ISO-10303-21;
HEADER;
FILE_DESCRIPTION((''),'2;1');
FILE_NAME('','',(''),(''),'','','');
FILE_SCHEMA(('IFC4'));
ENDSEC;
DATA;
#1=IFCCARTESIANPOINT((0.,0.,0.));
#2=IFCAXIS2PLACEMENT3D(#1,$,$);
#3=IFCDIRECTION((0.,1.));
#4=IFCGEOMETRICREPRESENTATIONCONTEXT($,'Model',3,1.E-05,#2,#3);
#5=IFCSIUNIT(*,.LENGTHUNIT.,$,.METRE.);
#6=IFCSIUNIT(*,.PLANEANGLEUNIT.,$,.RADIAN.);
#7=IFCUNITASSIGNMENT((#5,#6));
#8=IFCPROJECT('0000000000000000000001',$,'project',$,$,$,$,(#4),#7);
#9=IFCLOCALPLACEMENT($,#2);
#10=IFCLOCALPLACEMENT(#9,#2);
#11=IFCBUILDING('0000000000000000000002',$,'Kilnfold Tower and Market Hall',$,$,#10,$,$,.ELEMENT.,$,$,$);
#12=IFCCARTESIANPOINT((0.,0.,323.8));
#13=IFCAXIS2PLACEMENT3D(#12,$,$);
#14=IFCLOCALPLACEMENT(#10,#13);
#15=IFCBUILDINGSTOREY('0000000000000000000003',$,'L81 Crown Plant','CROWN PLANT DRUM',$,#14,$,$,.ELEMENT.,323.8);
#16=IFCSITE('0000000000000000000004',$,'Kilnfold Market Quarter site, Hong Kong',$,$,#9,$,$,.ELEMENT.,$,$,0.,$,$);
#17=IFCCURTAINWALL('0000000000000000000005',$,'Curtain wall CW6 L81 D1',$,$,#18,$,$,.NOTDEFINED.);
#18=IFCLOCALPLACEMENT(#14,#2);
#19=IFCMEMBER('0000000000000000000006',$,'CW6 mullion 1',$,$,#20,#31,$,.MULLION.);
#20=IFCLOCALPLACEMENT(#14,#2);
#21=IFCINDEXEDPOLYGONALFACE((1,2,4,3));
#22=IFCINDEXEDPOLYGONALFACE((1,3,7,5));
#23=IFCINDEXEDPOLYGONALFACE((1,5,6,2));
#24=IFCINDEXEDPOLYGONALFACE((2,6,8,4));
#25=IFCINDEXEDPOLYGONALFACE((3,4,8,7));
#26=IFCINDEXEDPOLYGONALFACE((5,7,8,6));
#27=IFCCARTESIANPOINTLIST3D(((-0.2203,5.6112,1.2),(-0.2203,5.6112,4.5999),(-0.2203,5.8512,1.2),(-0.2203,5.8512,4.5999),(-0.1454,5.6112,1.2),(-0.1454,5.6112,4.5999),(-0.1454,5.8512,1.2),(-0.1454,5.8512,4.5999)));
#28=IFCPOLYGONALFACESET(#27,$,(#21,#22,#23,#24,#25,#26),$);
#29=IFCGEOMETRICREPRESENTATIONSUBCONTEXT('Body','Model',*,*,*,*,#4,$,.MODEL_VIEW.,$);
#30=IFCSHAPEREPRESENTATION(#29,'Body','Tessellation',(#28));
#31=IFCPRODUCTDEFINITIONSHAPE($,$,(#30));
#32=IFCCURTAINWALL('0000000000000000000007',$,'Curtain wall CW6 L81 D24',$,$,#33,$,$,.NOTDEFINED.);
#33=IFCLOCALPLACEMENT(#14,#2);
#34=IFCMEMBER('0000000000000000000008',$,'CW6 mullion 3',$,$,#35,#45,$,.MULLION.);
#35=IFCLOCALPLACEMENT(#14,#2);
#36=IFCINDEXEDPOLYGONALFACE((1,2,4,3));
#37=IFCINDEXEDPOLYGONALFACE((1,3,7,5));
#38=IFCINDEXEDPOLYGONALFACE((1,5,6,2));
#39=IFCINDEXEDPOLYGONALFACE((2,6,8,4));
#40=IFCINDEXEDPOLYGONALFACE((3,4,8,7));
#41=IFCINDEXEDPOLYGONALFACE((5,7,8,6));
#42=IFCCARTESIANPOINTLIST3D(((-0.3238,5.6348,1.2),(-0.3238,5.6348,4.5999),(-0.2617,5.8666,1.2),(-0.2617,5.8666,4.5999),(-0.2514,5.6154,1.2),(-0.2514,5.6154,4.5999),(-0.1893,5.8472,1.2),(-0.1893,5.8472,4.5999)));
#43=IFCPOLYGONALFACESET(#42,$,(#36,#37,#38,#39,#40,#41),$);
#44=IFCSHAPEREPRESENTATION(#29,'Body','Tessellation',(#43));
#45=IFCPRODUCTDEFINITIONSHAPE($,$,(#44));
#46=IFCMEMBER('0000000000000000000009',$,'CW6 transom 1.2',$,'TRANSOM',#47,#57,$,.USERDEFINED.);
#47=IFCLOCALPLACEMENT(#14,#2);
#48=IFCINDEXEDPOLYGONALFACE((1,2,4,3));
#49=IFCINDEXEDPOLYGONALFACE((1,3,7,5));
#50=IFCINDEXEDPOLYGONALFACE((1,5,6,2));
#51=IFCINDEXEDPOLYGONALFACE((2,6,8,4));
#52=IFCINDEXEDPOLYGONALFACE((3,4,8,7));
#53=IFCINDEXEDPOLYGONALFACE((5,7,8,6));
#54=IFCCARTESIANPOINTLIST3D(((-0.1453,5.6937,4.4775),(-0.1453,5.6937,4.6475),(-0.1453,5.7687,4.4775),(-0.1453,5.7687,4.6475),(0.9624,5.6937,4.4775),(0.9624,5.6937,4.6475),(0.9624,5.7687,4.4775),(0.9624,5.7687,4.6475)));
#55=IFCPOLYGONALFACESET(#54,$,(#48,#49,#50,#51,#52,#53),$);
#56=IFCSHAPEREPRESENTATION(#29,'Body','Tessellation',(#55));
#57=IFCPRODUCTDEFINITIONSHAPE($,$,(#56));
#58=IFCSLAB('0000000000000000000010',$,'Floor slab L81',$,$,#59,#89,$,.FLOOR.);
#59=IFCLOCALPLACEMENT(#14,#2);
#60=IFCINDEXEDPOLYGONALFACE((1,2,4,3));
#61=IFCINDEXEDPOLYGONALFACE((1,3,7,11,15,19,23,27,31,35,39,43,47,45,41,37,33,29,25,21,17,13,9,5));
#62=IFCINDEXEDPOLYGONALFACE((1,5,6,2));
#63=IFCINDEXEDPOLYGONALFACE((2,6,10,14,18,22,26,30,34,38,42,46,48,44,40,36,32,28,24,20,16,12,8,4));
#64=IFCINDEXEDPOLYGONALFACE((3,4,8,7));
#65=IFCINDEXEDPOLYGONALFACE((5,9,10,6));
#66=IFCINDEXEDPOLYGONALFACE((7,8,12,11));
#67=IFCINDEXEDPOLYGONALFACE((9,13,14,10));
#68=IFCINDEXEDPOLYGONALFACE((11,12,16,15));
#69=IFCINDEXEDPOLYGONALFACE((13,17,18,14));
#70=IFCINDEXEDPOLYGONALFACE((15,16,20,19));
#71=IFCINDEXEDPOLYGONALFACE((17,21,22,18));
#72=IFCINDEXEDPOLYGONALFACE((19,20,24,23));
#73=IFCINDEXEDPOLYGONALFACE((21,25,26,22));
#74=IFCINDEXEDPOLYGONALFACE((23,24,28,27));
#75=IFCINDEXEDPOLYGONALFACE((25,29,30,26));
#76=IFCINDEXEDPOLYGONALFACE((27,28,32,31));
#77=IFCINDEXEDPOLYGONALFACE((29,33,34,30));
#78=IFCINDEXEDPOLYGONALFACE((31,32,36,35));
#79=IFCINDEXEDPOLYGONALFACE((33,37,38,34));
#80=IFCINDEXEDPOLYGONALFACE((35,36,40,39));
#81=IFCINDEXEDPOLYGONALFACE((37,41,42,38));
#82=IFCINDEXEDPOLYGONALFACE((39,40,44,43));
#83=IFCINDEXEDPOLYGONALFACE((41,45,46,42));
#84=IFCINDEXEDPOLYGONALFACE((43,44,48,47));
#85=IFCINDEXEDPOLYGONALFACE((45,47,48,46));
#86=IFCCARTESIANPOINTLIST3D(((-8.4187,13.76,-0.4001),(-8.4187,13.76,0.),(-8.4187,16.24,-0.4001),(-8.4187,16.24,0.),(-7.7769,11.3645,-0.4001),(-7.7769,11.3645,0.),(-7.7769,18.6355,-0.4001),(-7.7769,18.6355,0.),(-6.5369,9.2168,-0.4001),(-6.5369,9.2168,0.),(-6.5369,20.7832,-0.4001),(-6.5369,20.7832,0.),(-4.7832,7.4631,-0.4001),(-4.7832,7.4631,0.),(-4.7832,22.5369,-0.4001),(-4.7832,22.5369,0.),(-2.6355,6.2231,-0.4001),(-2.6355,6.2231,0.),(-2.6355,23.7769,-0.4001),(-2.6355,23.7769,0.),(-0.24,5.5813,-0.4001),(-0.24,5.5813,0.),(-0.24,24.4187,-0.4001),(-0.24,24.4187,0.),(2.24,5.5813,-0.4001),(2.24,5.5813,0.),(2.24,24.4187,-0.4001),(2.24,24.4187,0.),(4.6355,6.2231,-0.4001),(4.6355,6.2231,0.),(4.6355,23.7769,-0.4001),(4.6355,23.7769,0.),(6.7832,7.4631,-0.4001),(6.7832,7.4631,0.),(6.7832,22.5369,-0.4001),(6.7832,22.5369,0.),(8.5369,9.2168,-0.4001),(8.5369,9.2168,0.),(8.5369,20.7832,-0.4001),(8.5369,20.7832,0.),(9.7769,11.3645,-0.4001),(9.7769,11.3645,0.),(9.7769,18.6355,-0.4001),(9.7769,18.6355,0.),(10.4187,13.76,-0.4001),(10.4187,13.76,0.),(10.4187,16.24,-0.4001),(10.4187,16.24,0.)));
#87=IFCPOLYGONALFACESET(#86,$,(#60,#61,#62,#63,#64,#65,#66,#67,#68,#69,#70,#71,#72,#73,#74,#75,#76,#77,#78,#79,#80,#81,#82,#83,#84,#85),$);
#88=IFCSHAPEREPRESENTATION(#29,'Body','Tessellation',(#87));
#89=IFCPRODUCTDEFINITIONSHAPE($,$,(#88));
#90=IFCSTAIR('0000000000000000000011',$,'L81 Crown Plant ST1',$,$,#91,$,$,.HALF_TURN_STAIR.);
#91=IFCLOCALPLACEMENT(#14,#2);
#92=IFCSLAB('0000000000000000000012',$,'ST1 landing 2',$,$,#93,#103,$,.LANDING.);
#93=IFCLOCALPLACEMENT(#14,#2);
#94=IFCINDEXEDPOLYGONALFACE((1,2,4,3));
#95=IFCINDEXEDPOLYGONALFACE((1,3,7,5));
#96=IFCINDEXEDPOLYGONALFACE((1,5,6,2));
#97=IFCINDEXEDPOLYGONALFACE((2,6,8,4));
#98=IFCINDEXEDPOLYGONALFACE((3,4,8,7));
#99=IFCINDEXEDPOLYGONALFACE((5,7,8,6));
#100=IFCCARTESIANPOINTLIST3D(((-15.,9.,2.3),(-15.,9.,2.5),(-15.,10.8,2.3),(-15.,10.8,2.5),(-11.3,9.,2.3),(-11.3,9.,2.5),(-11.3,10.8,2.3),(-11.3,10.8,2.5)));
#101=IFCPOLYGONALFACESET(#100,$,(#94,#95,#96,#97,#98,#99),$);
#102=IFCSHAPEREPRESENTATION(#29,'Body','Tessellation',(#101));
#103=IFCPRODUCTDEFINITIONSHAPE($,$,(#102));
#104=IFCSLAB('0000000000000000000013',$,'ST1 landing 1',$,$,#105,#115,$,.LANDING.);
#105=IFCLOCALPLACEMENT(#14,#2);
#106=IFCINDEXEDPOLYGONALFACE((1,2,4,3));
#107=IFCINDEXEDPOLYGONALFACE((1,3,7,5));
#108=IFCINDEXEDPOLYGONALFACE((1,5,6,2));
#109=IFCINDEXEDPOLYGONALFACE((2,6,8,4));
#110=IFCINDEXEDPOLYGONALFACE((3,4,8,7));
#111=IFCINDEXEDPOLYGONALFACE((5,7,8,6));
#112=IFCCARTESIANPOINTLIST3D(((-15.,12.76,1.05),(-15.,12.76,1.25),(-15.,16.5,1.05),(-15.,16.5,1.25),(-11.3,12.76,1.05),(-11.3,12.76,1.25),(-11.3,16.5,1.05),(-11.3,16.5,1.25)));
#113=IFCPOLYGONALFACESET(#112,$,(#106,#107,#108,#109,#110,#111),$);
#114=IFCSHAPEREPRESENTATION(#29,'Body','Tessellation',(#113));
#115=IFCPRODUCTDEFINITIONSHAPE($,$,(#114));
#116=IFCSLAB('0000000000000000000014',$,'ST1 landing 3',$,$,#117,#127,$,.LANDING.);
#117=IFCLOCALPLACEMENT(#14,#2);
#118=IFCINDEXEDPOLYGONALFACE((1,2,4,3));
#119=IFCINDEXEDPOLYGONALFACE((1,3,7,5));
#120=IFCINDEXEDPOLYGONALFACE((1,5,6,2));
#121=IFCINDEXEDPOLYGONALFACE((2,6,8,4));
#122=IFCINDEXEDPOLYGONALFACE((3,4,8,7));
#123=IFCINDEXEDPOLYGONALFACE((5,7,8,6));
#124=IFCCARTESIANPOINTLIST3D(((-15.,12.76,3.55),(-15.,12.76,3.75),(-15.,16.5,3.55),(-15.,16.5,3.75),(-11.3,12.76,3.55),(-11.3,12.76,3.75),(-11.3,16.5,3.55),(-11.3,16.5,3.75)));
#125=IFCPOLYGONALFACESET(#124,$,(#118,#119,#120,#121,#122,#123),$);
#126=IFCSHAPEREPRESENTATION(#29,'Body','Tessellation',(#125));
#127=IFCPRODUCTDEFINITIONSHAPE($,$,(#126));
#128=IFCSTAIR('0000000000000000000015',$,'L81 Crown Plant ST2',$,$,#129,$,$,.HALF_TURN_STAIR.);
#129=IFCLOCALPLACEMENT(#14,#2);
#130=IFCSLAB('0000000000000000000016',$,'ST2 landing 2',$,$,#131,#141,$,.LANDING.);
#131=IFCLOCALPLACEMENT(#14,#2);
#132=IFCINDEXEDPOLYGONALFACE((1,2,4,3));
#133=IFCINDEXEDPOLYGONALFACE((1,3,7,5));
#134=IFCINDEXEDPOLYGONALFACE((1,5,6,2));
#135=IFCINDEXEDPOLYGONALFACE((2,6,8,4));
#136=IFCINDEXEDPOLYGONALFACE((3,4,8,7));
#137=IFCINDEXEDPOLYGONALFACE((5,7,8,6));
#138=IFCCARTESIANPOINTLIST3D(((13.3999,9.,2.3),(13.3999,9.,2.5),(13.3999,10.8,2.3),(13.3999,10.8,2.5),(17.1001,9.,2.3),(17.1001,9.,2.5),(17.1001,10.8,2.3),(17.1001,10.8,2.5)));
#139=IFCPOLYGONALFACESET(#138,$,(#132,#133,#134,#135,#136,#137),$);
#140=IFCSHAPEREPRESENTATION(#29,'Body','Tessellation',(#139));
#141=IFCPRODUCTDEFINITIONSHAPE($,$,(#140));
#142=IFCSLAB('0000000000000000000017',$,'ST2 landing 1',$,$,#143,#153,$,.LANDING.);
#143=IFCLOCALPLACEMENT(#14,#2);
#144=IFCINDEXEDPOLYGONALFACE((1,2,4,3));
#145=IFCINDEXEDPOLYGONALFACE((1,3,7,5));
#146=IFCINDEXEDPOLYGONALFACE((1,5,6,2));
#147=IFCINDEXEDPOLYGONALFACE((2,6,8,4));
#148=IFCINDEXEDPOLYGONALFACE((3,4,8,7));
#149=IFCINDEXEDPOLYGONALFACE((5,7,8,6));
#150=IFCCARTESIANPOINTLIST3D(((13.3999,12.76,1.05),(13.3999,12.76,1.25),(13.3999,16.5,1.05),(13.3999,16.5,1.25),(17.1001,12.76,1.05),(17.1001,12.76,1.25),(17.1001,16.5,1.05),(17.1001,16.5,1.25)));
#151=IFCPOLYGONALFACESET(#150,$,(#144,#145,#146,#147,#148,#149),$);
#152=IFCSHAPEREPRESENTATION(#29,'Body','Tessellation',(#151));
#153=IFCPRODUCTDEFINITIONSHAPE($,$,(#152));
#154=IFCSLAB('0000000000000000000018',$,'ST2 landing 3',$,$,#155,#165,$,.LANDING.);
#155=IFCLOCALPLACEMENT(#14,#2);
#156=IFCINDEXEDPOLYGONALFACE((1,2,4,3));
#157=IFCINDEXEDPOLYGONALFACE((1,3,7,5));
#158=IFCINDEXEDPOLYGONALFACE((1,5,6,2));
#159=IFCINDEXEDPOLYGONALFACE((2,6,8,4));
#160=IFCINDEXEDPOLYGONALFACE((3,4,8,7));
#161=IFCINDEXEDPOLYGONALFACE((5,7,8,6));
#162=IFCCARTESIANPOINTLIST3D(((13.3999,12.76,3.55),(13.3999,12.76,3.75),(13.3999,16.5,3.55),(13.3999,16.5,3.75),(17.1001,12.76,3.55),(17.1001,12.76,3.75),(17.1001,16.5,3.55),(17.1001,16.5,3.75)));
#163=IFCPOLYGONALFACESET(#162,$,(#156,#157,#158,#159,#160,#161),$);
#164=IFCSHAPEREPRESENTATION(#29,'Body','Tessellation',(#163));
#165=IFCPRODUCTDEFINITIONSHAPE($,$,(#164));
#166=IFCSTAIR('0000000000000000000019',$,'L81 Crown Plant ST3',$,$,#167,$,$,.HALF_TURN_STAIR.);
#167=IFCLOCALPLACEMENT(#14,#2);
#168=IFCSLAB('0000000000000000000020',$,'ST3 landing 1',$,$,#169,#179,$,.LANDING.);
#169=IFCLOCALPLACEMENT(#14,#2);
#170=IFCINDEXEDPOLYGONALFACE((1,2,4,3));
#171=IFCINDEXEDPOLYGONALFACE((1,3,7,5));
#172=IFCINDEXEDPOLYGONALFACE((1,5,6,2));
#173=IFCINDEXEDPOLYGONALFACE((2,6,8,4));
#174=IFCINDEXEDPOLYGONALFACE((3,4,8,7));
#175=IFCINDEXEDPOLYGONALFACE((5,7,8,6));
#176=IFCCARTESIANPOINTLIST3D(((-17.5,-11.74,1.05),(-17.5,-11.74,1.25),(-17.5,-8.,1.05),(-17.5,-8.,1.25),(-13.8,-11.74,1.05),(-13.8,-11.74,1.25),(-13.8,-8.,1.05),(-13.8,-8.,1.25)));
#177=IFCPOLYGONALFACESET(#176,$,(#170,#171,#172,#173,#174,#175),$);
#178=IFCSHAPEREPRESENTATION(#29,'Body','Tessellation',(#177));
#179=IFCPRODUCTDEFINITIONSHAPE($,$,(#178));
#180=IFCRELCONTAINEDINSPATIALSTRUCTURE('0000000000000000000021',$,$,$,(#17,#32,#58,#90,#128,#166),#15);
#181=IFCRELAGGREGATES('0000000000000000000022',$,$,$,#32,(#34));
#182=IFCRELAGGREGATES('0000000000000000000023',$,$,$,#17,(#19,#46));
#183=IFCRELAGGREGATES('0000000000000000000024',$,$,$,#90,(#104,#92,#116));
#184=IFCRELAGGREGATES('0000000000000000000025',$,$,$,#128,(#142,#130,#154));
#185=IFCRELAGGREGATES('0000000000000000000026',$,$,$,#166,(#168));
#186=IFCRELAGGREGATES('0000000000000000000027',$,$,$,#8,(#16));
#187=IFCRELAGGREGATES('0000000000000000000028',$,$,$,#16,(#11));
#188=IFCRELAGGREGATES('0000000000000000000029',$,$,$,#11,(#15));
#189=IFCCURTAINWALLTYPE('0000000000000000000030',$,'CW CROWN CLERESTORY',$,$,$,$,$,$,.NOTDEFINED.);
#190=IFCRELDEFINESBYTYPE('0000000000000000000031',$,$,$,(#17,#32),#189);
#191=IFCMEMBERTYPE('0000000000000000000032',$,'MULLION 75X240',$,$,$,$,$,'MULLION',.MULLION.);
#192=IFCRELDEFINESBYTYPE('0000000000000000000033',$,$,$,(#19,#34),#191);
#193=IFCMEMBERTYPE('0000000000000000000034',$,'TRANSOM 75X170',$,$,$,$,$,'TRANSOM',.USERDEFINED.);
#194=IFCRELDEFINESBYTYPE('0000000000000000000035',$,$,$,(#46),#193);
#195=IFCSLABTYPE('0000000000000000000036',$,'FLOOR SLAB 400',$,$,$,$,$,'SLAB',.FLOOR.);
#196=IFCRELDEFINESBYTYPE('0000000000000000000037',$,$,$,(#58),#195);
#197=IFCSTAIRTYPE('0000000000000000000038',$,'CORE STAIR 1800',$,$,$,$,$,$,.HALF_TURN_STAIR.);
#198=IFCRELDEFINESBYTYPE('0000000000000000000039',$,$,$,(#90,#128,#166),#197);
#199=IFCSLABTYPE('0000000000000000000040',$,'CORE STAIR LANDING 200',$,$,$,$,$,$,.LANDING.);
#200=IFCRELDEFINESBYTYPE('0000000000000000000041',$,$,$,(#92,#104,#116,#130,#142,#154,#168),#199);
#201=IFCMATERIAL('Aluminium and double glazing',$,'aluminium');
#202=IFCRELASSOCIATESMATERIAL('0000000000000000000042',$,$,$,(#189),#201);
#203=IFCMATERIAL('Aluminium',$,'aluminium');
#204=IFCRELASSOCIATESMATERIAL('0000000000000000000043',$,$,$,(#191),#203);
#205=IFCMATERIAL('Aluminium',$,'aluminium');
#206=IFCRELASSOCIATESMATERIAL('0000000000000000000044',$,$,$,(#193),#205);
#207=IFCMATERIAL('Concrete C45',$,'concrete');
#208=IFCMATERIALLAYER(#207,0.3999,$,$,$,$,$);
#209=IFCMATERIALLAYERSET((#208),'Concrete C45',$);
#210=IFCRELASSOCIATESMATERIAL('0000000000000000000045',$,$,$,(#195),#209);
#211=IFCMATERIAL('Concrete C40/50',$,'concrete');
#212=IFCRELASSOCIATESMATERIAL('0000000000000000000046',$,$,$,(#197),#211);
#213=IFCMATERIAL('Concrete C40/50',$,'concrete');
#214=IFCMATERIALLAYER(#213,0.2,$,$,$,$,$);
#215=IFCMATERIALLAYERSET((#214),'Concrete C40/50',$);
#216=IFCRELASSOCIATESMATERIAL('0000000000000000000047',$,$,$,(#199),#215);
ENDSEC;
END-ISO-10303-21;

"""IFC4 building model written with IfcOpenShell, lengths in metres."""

from ifc_helpers import new_model, si_unit, direction, frame, origin, origin_2d, place, context, subcontext, project, spatial, polyline, rectangle, outline, extrude, source, transform, mapped, material, layer, layer_set, material_profile, profile_set, type_object, element, aggregate, save


model = new_model("IFC4")

# Units and contexts
model_context = context("Model", 3, precision=1e-05, world=origin(), true_north=direction((0.0, 1.0)))
body_context = subcontext(model_context, "Body", "Model", "MODEL_VIEW")
ifc_project = project(units=[si_unit("LENGTHUNIT", "METRE"), si_unit("PLANEANGLEUNIT", "RADIAN")], contexts=[model_context])

# Site, building, storey
site_placement = place(None, origin())
site = spatial("IfcSite", under=ifc_project, at=site_placement, Name="Kilnfold Market Quarter site, Hong Kong", CompositionType="ELEMENT", RefElevation=0.0)
building_placement = place(site_placement, origin())
building = spatial("IfcBuilding", under=site, at=building_placement, Name="Kilnfold Tower and Market Hall", CompositionType="ELEMENT")
storey_placement = place(building_placement, frame((0.0, 0.0, 323.8)))
storey = spatial("IfcBuildingStorey", under=building, at=storey_placement, Name="L81 Crown Plant", Description="CROWN PLANT DRUM", CompositionType="ELEMENT", Elevation=323.8)

# Curtain walls, members
ifc_material_1 = material(Name="Aluminium and double glazing", Category="aluminium")
curtain_wall_type = type_object("IfcCurtainWallType", Name="CW CROWN CLERESTORY", PredefinedType="NOTDEFINED", material=ifc_material_1)
curtain_wall_1_placement = place(storey_placement, origin())
curtain_wall_1 = element("IfcCurtainWall", 1, at=curtain_wall_1_placement, inside=storey, type_object=curtain_wall_type, Name="Curtain wall CW6 L81 D1", PredefinedType="NOTDEFINED")
ifc_material_2 = material(Name="Aluminium", Category="aluminium")
ifc_material_profile_1 = material_profile(ifc_material_2, rectangle(XDim=0.075, YDim=0.24, at=origin_2d()), Name="MULLION 75x240")
ifc_profile_set_1 = profile_set([ifc_material_profile_1], Name="Aluminium")
member_type_1 = type_object("IfcMemberType", Name="MULLION 75X240", ElementType="MULLION", PredefinedType="MULLION", material=ifc_profile_set_1)
shared_shape_1 = source(origin(), body_context, "Body", "SweptSolid", [
    extrude(rectangle(XDim=0.075, YDim=0.24, at=origin_2d()), origin(), (0.0, 0.0, 1.0), 3.3999),
])
member_1_placement = place(storey_placement, frame((-0.1829, 5.7312, 1.2), z_axis=(0.0, 0.0, 1.0), x_axis=(1.0, 0.0, 0.0)))
member_1 = element("IfcMember", 2, at=member_1_placement, type_object=member_type_1, Name="CW6 mullion 1", PredefinedType="MULLION", context=body_context, shape_type="MappedRepresentation", body=[
    mapped(shared_shape_1, transform((0.0, 0.0, 0.0))),
])
curtain_wall_2_placement = place(storey_placement, origin())
curtain_wall_2 = element("IfcCurtainWall", 3, at=curtain_wall_2_placement, inside=storey, type_object=curtain_wall_type, Name="Curtain wall CW6 L81 D24", PredefinedType="NOTDEFINED")
member_2_placement = place(storey_placement, frame((-0.2566, 5.741, 1.2), z_axis=(0.0, 0.0, 1.0), x_axis=(0.96593, -0.258805, 0.0)))
member_2 = element("IfcMember", 4, at=member_2_placement, type_object=member_type_1, Name="CW6 mullion 3", PredefinedType="MULLION", context=body_context, shape_type="MappedRepresentation", body=[
    mapped(shared_shape_1, transform((0.0, 0.0, 0.0))),
])
aggregate(curtain_wall_2, [member_2])

# Member
ifc_material_3 = material(Name="Aluminium", Category="aluminium")
ifc_material_profile_2 = material_profile(ifc_material_3, rectangle(XDim=0.075, YDim=0.1699, at=origin_2d()), Name="TRANSOM 75x170")
ifc_profile_set_2 = profile_set([ifc_material_profile_2], Name="Aluminium")
member_type_2 = type_object("IfcMemberType", Name="TRANSOM 75X170", ElementType="TRANSOM", PredefinedType="USERDEFINED", material=ifc_profile_set_2)
shared_shape_2 = source(origin(), body_context, "Body", "SweptSolid", [
    extrude(rectangle(XDim=0.075, YDim=0.1699, at=origin_2d()), origin(), (0.0, 0.0, 1.0), 1.1077),
])
member_3_placement = place(storey_placement, frame((-0.1453, 5.7312, 4.5625), z_axis=(1.0, 0.0, 0.0), x_axis=(0.0, 1.0, 0.0)))
member_3 = element("IfcMember", 5, at=member_3_placement, type_object=member_type_2, Name="CW6 transom 1.2", ObjectType="TRANSOM", PredefinedType="USERDEFINED", context=body_context, shape_type="MappedRepresentation", body=[
    mapped(shared_shape_2, transform((0.0, 0.0, 0.0))),
])
aggregate(curtain_wall_1, [member_1, member_3])

# Slab
ifc_material_4 = material(Name="Concrete C45", Category="concrete")
ifc_layer_1 = layer(ifc_material_4, 0.3999)
ifc_layer_set_1 = layer_set([ifc_layer_1], Name="Concrete C45")
slab_type_1 = type_object("IfcSlabType", Name="FLOOR SLAB 400", ElementType="SLAB", PredefinedType="FLOOR", material=ifc_layer_set_1)
shared_shape_3 = source(origin(), body_context, "Body", "SweptSolid", [
    extrude(outline(polyline([(-0.24, 5.5813), (2.24, 5.5813), (4.6355, 6.2231), (6.7832, 7.4631), (8.5369, 9.2168), (9.7769, 11.3645), (10.4187, 13.76), (10.4187, 16.24), (9.7769, 18.6355), (8.5369, 20.7832), (6.7832, 22.5369), (4.6355, 23.7769), (2.24, 24.4187), (-0.24, 24.4187), (-2.6355, 23.7769), (-4.7832, 22.5369), (-6.5369, 20.7832), (-7.7769, 18.6355), (-8.4187, 16.24), (-8.4187, 13.76), (-7.7769, 11.3645), (-6.5369, 9.2168), (-4.7832, 7.4631), (-2.6355, 6.2231), (-0.24, 5.5813)])), origin(), (0.0, 0.0, 1.0), 0.4001),
])
slab_1_placement = place(storey_placement, frame((0.0, 0.0, -0.4001)))
element("IfcSlab", 6, at=slab_1_placement, inside=storey, type_object=slab_type_1, Name="Floor slab L81", PredefinedType="FLOOR", context=body_context, shape_type="MappedRepresentation", body=[
    mapped(shared_shape_3, transform((0.0, 0.0, 0.0))),
])

# Stairs, slabs
ifc_material_5 = material(Name="Concrete C40/50", Category="concrete")
stair_type = type_object("IfcStairType", Name="CORE STAIR 1800", PredefinedType="HALF_TURN_STAIR", material=ifc_material_5)
stair_1_placement = place(storey_placement, origin())
stair_1 = element("IfcStair", 7, at=stair_1_placement, inside=storey, type_object=stair_type, Name="L81 Crown Plant ST1", PredefinedType="HALF_TURN_STAIR")
ifc_material_6 = material(Name="Concrete C40/50", Category="concrete")
ifc_layer_2 = layer(ifc_material_6, 0.2)
ifc_layer_set_2 = layer_set([ifc_layer_2], Name="Concrete C40/50")
slab_type_2 = type_object("IfcSlabType", Name="CORE STAIR LANDING 200", PredefinedType="LANDING", material=ifc_layer_set_2)
shared_shape_4 = source(origin(), body_context, "Body", "SweptSolid", [
    extrude(outline(polyline([(-11.3, 9.0), (-11.3, 10.8), (-15.0, 10.8), (-15.0, 9.0), (-11.3, 9.0)])), origin(), (0.0, 0.0, 1.0), 0.2),
])
slab_2_placement = place(storey_placement, frame((0.0, 0.0, 2.3)))
slab_2 = element("IfcSlab", 8, at=slab_2_placement, type_object=slab_type_2, Name="ST1 landing 2", PredefinedType="LANDING", context=body_context, shape_type="MappedRepresentation", body=[
    mapped(shared_shape_4, transform((0.0, 0.0, 0.0))),
])
shared_shape_5 = source(origin(), body_context, "Body", "SweptSolid", [
    extrude(outline(polyline([(-11.3, 12.76), (-11.3, 16.5), (-15.0, 16.5), (-15.0, 12.76), (-11.3, 12.76)])), origin(), (0.0, 0.0, 1.0), 0.2),
])
slab_3_placement = place(storey_placement, frame((0.0, 0.0, 1.05)))
slab_3 = element("IfcSlab", 9, at=slab_3_placement, type_object=slab_type_2, Name="ST1 landing 1", PredefinedType="LANDING", context=body_context, shape_type="MappedRepresentation", body=[
    mapped(shared_shape_5, transform((0.0, 0.0, 0.0))),
])
slab_4_placement = place(storey_placement, frame((0.0, 0.0, 3.55)))
slab_4 = element("IfcSlab", 10, at=slab_4_placement, type_object=slab_type_2, Name="ST1 landing 3", PredefinedType="LANDING", context=body_context, shape_type="MappedRepresentation", body=[
    mapped(shared_shape_5, transform((0.0, 0.0, 0.0))),
])
aggregate(stair_1, [slab_3, slab_2, slab_4])
stair_2_placement = place(storey_placement, origin())
stair_2 = element("IfcStair", 11, at=stair_2_placement, inside=storey, type_object=stair_type, Name="L81 Crown Plant ST2", PredefinedType="HALF_TURN_STAIR")
shared_shape_6 = source(origin(), body_context, "Body", "SweptSolid", [
    extrude(outline(polyline([(17.1001, 9.0), (17.1001, 10.8), (13.3999, 10.8), (13.3999, 9.0), (17.1001, 9.0)])), origin(), (0.0, 0.0, 1.0), 0.2),
])
slab_5_placement = place(storey_placement, frame((0.0, 0.0, 2.3)))
slab_5 = element("IfcSlab", 12, at=slab_5_placement, type_object=slab_type_2, Name="ST2 landing 2", PredefinedType="LANDING", context=body_context, shape_type="MappedRepresentation", body=[
    mapped(shared_shape_6, transform((0.0, 0.0, 0.0))),
])
shared_shape_7 = source(origin(), body_context, "Body", "SweptSolid", [
    extrude(outline(polyline([(17.1001, 12.76), (17.1001, 16.5), (13.3999, 16.5), (13.3999, 12.76), (17.1001, 12.76)])), origin(), (0.0, 0.0, 1.0), 0.2),
])
slab_6_placement = place(storey_placement, frame((0.0, 0.0, 1.05)))
slab_6 = element("IfcSlab", 13, at=slab_6_placement, type_object=slab_type_2, Name="ST2 landing 1", PredefinedType="LANDING", context=body_context, shape_type="MappedRepresentation", body=[
    mapped(shared_shape_7, transform((0.0, 0.0, 0.0))),
])
slab_7_placement = place(storey_placement, frame((0.0, 0.0, 3.55)))
slab_7 = element("IfcSlab", 14, at=slab_7_placement, type_object=slab_type_2, Name="ST2 landing 3", PredefinedType="LANDING", context=body_context, shape_type="MappedRepresentation", body=[
    mapped(shared_shape_7, transform((0.0, 0.0, 0.0))),
])
aggregate(stair_2, [slab_6, slab_5, slab_7])

# Stair, slab
stair_3_placement = place(storey_placement, origin())
stair_3 = element("IfcStair", 15, at=stair_3_placement, inside=storey, type_object=stair_type, Name="L81 Crown Plant ST3", PredefinedType="HALF_TURN_STAIR")
shared_shape_8 = source(origin(), body_context, "Body", "SweptSolid", [
    extrude(outline(polyline([(-13.8, -11.74), (-13.8, -8.0), (-17.5, -8.0), (-17.5, -11.74), (-13.8, -11.74)])), origin(), (0.0, 0.0, 1.0), 0.2),
])
slab_8_placement = place(storey_placement, frame((0.0, 0.0, 1.05)))
slab_8 = element("IfcSlab", 16, at=slab_8_placement, type_object=slab_type_2, Name="ST3 landing 1", PredefinedType="LANDING", context=body_context, shape_type="MappedRepresentation", body=[
    mapped(shared_shape_8, transform((0.0, 0.0, 0.0))),
])
aggregate(stair_3, [slab_8])

save(model, "model.ifc")
